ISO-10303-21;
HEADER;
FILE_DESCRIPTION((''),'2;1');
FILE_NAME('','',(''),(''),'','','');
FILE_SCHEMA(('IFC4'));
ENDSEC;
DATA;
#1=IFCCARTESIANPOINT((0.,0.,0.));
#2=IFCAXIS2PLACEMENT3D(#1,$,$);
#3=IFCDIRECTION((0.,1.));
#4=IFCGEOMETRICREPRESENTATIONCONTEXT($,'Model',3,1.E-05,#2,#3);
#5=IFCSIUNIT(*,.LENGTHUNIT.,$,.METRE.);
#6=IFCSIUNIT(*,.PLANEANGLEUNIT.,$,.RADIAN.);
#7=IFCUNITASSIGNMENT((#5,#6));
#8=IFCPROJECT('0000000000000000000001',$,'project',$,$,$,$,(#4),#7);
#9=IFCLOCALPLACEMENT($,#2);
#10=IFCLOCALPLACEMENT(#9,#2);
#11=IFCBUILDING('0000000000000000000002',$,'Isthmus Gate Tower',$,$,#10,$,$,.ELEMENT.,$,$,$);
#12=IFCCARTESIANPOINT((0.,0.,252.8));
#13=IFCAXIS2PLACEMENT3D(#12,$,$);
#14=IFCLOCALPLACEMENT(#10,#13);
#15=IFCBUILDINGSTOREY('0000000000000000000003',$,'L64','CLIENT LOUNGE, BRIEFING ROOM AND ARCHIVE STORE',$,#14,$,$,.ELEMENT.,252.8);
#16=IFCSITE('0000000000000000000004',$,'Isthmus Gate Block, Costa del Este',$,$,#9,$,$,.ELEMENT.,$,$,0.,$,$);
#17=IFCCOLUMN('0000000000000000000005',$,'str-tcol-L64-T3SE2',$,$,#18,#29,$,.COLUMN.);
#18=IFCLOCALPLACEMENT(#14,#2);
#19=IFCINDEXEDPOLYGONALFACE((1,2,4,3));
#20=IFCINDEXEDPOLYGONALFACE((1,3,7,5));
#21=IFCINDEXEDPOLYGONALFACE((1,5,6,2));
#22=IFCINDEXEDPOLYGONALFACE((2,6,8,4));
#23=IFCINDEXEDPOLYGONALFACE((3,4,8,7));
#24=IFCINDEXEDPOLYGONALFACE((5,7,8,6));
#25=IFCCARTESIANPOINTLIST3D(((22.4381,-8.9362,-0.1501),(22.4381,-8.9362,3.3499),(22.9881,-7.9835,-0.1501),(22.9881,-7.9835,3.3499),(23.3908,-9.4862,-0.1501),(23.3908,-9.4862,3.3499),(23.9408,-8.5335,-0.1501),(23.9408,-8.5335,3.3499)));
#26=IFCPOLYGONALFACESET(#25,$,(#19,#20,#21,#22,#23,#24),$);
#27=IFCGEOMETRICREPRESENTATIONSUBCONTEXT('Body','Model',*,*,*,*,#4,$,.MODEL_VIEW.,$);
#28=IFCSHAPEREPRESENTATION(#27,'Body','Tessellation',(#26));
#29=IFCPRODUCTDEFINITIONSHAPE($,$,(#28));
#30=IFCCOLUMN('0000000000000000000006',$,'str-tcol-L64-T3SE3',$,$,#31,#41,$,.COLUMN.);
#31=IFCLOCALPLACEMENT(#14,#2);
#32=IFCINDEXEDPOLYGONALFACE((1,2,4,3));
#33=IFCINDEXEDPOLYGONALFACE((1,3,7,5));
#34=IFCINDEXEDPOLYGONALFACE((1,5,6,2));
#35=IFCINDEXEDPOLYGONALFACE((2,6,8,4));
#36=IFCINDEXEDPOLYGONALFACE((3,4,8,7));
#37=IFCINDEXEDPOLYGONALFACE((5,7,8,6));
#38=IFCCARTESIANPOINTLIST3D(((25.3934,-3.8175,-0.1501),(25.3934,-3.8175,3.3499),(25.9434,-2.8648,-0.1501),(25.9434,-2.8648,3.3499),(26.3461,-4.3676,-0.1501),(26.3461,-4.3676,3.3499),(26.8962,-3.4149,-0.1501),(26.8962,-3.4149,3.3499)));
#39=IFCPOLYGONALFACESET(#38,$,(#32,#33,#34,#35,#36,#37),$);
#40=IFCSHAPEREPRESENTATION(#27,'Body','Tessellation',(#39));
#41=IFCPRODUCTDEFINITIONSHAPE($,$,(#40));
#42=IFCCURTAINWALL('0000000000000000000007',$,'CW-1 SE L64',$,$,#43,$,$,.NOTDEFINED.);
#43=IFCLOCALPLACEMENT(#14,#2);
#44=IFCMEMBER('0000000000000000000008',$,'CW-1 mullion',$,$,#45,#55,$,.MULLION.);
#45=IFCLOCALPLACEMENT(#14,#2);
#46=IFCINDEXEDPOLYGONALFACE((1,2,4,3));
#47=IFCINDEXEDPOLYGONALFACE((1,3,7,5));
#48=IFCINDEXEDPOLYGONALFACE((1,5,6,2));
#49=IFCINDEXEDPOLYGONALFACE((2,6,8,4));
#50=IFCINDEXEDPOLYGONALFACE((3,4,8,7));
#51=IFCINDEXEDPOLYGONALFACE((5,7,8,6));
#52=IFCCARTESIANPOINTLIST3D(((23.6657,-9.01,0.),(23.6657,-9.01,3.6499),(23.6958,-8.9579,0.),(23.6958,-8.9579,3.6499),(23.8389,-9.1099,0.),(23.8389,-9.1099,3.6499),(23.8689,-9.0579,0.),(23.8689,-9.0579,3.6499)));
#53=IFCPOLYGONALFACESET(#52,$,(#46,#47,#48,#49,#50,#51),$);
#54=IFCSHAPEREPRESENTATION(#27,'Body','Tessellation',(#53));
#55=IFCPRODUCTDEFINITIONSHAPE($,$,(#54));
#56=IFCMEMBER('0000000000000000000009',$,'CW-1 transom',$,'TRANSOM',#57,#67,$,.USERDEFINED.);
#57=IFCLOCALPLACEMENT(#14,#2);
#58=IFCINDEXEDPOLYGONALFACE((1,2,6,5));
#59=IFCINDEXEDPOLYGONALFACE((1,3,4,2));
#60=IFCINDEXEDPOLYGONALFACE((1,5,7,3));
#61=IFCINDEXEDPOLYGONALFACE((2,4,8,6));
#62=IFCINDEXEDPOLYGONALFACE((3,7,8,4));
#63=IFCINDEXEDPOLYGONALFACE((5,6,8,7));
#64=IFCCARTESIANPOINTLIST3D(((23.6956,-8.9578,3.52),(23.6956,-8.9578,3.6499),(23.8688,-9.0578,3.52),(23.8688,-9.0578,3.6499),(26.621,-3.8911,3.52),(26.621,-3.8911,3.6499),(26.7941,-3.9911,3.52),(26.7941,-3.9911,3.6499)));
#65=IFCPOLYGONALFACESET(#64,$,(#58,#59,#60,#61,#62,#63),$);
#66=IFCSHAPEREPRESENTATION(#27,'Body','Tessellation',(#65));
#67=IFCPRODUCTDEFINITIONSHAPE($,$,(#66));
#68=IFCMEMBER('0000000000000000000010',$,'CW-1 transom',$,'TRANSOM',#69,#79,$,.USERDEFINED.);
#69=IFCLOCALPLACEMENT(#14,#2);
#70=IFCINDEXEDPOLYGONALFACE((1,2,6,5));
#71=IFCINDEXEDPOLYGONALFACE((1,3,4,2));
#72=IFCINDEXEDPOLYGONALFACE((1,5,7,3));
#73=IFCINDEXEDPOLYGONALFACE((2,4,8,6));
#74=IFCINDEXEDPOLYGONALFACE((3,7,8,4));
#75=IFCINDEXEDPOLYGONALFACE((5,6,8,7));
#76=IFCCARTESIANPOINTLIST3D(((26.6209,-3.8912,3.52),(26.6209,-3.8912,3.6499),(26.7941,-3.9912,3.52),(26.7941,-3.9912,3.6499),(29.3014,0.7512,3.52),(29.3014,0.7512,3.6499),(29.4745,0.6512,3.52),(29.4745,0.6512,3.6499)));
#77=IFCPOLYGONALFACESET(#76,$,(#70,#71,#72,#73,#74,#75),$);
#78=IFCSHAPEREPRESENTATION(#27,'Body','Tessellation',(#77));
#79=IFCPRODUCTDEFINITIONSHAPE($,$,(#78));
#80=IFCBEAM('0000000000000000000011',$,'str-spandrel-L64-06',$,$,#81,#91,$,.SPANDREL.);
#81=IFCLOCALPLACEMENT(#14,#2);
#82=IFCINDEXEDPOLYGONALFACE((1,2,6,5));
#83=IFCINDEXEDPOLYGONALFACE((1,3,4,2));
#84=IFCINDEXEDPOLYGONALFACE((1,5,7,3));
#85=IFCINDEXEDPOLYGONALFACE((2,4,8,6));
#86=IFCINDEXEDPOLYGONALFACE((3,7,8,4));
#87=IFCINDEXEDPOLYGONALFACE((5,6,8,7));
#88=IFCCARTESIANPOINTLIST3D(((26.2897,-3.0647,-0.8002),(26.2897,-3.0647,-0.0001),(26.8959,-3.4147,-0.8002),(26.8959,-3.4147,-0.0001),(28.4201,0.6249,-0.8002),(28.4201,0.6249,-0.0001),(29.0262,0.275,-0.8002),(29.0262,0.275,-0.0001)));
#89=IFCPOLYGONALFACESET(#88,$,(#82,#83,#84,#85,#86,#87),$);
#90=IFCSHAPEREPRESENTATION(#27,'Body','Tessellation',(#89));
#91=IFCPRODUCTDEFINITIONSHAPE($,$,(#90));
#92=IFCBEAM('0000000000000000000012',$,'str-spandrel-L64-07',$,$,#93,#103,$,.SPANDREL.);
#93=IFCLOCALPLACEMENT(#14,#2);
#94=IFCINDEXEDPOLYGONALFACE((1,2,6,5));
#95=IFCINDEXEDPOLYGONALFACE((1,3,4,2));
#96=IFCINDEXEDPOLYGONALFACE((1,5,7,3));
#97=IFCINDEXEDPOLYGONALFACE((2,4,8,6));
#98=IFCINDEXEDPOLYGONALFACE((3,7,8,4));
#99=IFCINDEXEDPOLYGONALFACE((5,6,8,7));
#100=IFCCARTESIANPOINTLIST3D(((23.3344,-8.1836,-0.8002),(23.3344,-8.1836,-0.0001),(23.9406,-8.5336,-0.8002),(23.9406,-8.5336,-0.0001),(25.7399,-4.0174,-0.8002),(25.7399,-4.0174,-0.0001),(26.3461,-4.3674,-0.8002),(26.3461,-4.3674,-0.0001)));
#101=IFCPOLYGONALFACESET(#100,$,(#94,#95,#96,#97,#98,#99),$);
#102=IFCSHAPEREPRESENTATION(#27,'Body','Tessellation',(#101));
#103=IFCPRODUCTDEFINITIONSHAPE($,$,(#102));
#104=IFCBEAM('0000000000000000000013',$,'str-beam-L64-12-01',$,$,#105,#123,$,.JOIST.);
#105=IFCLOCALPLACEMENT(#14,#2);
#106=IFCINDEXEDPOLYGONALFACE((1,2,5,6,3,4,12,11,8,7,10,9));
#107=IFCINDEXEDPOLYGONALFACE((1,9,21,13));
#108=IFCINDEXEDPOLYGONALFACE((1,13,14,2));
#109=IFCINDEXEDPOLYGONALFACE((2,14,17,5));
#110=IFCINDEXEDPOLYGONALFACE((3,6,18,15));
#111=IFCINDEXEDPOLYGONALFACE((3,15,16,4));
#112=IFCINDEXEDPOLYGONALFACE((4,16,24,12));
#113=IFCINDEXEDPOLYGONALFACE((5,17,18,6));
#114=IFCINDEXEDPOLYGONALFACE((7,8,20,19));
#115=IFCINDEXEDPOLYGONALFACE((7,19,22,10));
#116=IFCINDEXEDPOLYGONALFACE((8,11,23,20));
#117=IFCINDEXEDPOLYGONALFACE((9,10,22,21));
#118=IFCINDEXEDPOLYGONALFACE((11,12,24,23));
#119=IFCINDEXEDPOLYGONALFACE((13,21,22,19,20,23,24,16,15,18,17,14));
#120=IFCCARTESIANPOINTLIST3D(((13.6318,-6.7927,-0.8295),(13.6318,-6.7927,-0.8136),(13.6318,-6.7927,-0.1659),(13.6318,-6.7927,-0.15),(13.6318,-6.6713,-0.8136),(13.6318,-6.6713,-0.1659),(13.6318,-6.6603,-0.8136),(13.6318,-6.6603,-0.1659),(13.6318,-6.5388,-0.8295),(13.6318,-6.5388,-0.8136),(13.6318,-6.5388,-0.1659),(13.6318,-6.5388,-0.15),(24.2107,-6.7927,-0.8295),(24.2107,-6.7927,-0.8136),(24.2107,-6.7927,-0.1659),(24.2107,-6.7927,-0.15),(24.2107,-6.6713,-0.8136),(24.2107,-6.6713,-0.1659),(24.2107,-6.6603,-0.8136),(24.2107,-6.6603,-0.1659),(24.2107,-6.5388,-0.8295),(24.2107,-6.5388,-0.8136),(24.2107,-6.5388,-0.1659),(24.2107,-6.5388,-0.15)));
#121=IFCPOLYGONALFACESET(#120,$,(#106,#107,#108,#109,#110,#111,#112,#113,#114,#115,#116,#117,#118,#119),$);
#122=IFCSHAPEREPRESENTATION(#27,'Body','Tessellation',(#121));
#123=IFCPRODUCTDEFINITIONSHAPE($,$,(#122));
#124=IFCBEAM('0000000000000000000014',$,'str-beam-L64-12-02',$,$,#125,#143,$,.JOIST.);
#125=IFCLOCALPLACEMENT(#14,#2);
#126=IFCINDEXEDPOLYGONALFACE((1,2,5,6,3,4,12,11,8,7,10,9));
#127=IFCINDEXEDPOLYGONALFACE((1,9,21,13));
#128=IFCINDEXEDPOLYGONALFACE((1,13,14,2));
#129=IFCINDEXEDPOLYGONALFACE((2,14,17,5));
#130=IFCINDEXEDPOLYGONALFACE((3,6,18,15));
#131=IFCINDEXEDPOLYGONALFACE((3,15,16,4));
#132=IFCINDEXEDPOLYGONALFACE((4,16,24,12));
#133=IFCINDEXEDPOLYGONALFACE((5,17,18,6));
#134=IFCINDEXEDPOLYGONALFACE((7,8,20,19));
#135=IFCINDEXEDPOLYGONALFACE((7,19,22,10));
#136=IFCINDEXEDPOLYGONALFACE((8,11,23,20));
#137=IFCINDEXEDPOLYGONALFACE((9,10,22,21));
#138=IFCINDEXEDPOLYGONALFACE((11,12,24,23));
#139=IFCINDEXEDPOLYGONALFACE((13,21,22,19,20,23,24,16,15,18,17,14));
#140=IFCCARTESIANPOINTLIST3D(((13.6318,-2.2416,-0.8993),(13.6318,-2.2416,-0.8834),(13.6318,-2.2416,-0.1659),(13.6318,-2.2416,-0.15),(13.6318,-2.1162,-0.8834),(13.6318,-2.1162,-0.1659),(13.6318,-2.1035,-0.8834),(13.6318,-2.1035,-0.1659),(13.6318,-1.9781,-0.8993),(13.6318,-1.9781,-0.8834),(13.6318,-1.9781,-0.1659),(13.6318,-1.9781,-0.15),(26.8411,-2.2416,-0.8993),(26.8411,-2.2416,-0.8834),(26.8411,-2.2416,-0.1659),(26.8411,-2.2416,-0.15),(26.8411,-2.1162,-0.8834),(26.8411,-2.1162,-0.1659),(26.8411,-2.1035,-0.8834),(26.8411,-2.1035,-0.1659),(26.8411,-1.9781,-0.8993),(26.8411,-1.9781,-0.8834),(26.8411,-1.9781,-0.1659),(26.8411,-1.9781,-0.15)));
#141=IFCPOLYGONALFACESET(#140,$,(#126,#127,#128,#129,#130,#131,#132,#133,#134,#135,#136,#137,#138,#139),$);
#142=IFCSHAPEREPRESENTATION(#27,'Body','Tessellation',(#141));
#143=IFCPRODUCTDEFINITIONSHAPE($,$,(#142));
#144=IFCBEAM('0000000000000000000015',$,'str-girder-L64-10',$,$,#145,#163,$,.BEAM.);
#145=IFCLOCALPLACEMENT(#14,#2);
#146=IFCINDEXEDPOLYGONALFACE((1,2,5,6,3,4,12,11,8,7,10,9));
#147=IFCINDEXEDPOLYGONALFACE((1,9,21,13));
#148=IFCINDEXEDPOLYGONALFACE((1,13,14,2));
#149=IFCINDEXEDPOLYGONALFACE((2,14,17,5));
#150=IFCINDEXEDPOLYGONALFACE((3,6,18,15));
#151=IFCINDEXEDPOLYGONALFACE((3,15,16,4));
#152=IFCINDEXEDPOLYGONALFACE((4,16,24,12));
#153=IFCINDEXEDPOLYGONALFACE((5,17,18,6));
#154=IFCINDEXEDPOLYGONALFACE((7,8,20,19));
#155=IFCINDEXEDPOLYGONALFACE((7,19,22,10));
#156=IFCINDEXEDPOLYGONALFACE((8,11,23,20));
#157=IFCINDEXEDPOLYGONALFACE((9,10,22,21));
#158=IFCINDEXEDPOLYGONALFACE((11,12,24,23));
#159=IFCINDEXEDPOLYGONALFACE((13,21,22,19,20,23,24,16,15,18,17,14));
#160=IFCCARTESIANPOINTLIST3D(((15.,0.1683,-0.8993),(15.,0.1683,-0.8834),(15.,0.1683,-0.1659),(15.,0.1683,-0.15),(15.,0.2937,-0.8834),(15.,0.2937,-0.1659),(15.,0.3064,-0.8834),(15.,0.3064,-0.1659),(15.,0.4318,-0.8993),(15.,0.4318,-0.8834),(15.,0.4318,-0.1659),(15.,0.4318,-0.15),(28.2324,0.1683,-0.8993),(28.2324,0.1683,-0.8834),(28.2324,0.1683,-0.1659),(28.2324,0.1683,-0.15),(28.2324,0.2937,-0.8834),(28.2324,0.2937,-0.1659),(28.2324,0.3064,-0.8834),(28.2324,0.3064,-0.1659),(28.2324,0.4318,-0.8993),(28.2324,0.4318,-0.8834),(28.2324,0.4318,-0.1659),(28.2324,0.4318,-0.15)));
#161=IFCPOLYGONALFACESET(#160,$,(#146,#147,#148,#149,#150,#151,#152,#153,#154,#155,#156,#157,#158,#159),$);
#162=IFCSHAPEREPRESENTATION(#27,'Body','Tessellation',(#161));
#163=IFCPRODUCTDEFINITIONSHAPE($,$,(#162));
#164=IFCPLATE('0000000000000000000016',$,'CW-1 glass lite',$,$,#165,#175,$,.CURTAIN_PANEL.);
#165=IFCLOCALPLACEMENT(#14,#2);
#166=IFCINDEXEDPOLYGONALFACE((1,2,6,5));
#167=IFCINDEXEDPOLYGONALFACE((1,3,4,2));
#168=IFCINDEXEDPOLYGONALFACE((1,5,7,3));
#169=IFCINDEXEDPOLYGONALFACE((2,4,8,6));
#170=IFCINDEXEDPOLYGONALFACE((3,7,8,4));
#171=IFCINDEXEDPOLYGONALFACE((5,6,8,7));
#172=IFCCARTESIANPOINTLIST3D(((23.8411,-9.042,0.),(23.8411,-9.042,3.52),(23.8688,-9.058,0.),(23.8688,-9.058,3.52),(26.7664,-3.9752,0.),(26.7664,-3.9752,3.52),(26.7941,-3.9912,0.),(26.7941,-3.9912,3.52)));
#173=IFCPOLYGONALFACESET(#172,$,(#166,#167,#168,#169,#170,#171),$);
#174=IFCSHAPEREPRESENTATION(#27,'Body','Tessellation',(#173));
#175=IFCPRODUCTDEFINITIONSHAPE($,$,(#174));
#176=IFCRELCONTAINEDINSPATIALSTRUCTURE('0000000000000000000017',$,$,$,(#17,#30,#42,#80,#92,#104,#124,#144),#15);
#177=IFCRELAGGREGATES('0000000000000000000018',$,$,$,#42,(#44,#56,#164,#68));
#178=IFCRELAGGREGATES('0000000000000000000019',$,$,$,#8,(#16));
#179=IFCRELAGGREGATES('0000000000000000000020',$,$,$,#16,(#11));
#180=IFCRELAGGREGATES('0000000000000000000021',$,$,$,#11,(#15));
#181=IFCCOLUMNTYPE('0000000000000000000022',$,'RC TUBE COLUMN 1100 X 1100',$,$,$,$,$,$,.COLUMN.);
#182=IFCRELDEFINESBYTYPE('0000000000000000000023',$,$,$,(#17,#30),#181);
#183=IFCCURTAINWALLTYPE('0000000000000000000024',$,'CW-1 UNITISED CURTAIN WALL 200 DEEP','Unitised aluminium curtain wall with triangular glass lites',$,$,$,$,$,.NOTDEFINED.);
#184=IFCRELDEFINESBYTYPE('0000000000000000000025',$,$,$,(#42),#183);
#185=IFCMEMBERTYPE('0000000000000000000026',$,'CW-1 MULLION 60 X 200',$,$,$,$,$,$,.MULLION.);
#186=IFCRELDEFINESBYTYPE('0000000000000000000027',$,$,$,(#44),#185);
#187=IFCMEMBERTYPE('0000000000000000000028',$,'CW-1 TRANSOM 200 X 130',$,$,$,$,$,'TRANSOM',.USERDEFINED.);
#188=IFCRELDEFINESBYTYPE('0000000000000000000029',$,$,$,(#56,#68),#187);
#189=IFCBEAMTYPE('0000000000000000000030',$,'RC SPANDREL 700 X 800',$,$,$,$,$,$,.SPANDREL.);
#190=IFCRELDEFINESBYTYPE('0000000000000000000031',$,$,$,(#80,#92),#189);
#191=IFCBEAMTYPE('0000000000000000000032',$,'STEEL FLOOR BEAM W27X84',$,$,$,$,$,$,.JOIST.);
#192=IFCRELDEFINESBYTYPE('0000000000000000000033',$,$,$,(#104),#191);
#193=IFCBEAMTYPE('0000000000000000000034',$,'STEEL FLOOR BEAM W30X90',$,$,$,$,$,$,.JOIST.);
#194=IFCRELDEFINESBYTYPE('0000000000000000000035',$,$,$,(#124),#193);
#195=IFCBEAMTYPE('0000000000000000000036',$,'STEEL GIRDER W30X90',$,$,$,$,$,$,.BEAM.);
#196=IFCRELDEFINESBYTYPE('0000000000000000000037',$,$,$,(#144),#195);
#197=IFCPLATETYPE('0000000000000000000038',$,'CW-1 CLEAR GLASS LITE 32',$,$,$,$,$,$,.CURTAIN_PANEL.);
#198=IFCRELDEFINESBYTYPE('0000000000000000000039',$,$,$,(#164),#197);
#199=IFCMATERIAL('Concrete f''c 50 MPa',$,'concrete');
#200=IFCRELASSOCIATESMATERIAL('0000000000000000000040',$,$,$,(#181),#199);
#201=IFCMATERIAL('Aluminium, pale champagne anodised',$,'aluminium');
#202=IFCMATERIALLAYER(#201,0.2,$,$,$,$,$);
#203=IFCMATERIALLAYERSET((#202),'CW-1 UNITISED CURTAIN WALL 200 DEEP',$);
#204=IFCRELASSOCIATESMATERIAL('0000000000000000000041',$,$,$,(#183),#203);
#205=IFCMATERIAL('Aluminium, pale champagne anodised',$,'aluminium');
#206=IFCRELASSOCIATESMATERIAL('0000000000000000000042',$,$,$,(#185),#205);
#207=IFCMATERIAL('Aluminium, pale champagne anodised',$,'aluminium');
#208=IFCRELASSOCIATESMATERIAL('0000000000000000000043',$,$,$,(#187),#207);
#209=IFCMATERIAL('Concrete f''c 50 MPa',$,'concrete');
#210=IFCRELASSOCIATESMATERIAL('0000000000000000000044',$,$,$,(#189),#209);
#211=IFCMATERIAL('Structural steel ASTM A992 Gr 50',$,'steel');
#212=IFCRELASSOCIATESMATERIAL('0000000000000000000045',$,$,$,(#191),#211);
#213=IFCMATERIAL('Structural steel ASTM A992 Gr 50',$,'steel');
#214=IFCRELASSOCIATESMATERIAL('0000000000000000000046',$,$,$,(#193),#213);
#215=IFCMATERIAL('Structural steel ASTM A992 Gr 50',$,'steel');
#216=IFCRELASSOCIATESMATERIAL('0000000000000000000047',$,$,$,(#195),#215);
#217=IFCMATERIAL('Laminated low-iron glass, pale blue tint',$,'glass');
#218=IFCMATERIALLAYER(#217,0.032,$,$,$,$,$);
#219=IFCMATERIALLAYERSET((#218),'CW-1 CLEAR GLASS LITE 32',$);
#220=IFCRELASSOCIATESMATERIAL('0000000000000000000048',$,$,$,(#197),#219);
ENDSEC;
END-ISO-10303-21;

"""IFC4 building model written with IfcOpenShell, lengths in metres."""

from ifc_helpers import new_model, si_unit, direction, frame, origin, origin_2d, place, context, subcontext, project, spatial, rectangle, i_section, extrude, material, layer, layer_set, material_profile, profile_set, type_object, element, aggregate, save


model = new_model("IFC4")

# Units and contexts
model_context = context("Model", 3, precision=1e-05, world=origin(), true_north=direction((0.0, 1.0)))
body_context = subcontext(model_context, "Body", "Model", "MODEL_VIEW")
ifc_project = project(units=[si_unit("LENGTHUNIT", "METRE"), si_unit("PLANEANGLEUNIT", "RADIAN")], contexts=[model_context])

# Site, building, storey
site_placement = place(None, origin())
site = spatial("IfcSite", under=ifc_project, at=site_placement, Name="Isthmus Gate Block, Costa del Este", CompositionType="ELEMENT", RefElevation=0.0)
building_placement = place(site_placement, origin())
building = spatial("IfcBuilding", under=site, at=building_placement, Name="Isthmus Gate Tower", CompositionType="ELEMENT")
storey_placement = place(building_placement, frame((0.0, 0.0, 252.8)))
storey = spatial("IfcBuildingStorey", under=building, at=storey_placement, Name="L64", Description="CLIENT LOUNGE, BRIEFING ROOM AND ARCHIVE STORE", CompositionType="ELEMENT", Elevation=252.8)

# Columns
ifc_material_1 = material(Name="Concrete f'c 50 MPa", Category="concrete")
ifc_material_profile_1 = material_profile(ifc_material_1, rectangle(XDim=1.1001, YDim=1.1001, at=origin_2d()), Name="RC 1100X1100")
ifc_profile_set_1 = profile_set([ifc_material_profile_1], Name="Concrete f'c 50 MPa")
column_type = type_object("IfcColumnType", Name="RC TUBE COLUMN 1100 X 1100", PredefinedType="COLUMN", material=ifc_profile_set_1)
for number, where, z_axis, x_axis, name in (
    (1, (23.1895, -8.7349, -0.1501), (0.0, 0.0, 1.0), (0.5, 0.866025, 0.0), "str-tcol-L64-T3SE2"),
    (2, (26.1448, -3.6162, -0.1501), (0.0, 0.0, 1.0), (0.5, 0.866025, 0.0), "str-tcol-L64-T3SE3"),
):
    element("IfcColumn", number, at=place(storey_placement, frame(where, z_axis=z_axis, x_axis=x_axis)), inside=storey, type_object=column_type, Name=name, PredefinedType="COLUMN", context=body_context, shape_type="SweptSolid", body=[
        extrude(rectangle(XDim=1.1001, YDim=1.1001, at=origin_2d()), origin(), (0.0, 0.0, 1.0), 3.5),
    ])

# Curtain wall, members
ifc_material_2 = material(Name="Aluminium, pale champagne anodised", Category="aluminium")
ifc_layer_1 = layer(ifc_material_2, 0.2)
ifc_layer_set_1 = layer_set([ifc_layer_1], Name="CW-1 UNITISED CURTAIN WALL 200 DEEP")
curtain_wall_type = type_object("IfcCurtainWallType", Name="CW-1 UNITISED CURTAIN WALL 200 DEEP", Description="Unitised aluminium curtain wall with triangular glass lites", PredefinedType="NOTDEFINED", material=ifc_layer_set_1)
curtain_wall_placement = place(storey_placement, origin())
curtain_wall = element("IfcCurtainWall", 3, at=curtain_wall_placement, inside=storey, type_object=curtain_wall_type, Name="CW-1 SE L64", PredefinedType="NOTDEFINED")
ifc_material_3 = material(Name="Aluminium, pale champagne anodised", Category="aluminium")
ifc_material_profile_2 = material_profile(ifc_material_3, rectangle(XDim=0.0601, YDim=0.2, at=origin_2d()), Name="60x200")
ifc_profile_set_2 = profile_set([ifc_material_profile_2], Name="Aluminium, pale champagne anodised")
member_type_1 = type_object("IfcMemberType", Name="CW-1 MULLION 60 X 200", PredefinedType="MULLION", material=ifc_profile_set_2)
member_1_placement = place(storey_placement, frame((23.7673, -9.0339, 0.0), z_axis=(0.0, 0.0, 1.0), x_axis=(0.5, 0.866025, 0.0)))
member_1 = element("IfcMember", 4, at=member_1_placement, type_object=member_type_1, Name="CW-1 mullion", PredefinedType="MULLION", context=body_context, shape_type="SweptSolid", body=[
    extrude(rectangle(XDim=0.0601, YDim=0.2, at=origin_2d()), origin(), (0.0, 0.0, 1.0), 3.6499),
])
ifc_material_4 = material(Name="Aluminium, pale champagne anodised", Category="aluminium")
ifc_material_profile_3 = material_profile(ifc_material_4, rectangle(XDim=0.2, YDim=0.1299, at=origin_2d()), Name="200x130")
ifc_profile_set_3 = profile_set([ifc_material_profile_3], Name="Aluminium, pale champagne anodised")
member_type_2 = type_object("IfcMemberType", Name="CW-1 TRANSOM 200 X 130", ElementType="TRANSOM", PredefinedType="USERDEFINED", material=ifc_profile_set_3)
member_2_placement = place(storey_placement, frame((23.7822, -9.0078, 3.585), z_axis=(0.500008, 0.866021, 0.0), x_axis=(-0.866021, 0.500008, 0.0)))
member_2 = element("IfcMember", 5, at=member_2_placement, type_object=member_type_2, Name="CW-1 transom", ObjectType="TRANSOM", PredefinedType="USERDEFINED", context=body_context, shape_type="SweptSolid", body=[
    extrude(rectangle(XDim=0.2, YDim=0.1299, at=origin_2d()), origin(), (0.0, 0.0, 1.0), 5.8506),
])
member_3_placement = place(storey_placement, frame((26.7075, -3.9412, 3.585), z_axis=(0.500023, 0.866012, 0.0), x_axis=(-0.866012, 0.500023, 0.0)))
member_3 = element("IfcMember", 6, at=member_3_placement, type_object=member_type_2, Name="CW-1 transom", ObjectType="TRANSOM", PredefinedType="USERDEFINED", context=body_context, shape_type="SweptSolid", body=[
    extrude(rectangle(XDim=0.2, YDim=0.1299, at=origin_2d()), origin(), (0.0, 0.0, 1.0), 5.3606),
])

# Beams
ifc_material_5 = material(Name="Concrete f'c 50 MPa", Category="concrete")
ifc_material_profile_4 = material_profile(ifc_material_5, rectangle(XDim=0.7, YDim=0.8, at=origin_2d()), Name="RC 700X800")
ifc_profile_set_4 = profile_set([ifc_material_profile_4], Name="Concrete f'c 50 MPa")
beam_type_1 = type_object("IfcBeamType", Name="RC SPANDREL 700 X 800", PredefinedType="SPANDREL", material=ifc_profile_set_4)
beam_1_placement = place(storey_placement, frame((28.7231, 0.45, -0.4001), z_axis=(-0.500022, -0.866013, 0.0), x_axis=(0.866013, -0.500022, 0.0)))
element("IfcBeam", 7, at=beam_1_placement, inside=storey, type_object=beam_type_1, Name="str-spandrel-L64-06", PredefinedType="SPANDREL", context=body_context, shape_type="SweptSolid", body=[
    extrude(rectangle(XDim=0.7, YDim=0.8, at=origin_2d()), origin(), (0.0, 0.0, 1.0), 4.2605),
])
beam_2_placement = place(storey_placement, frame((26.043, -4.1924, -0.4001), z_axis=(-0.50002, -0.866014, 0.0), x_axis=(0.866014, -0.50002, 0.0)))
element("IfcBeam", 8, at=beam_2_placement, inside=storey, type_object=beam_type_1, Name="str-spandrel-L64-07", PredefinedType="SPANDREL", context=body_context, shape_type="SweptSolid", body=[
    extrude(rectangle(XDim=0.7, YDim=0.8, at=origin_2d()), origin(), (0.0, 0.0, 1.0), 4.8108),
])
ifc_material_6 = material(Name="Structural steel ASTM A992 Gr 50", Category="steel")
ifc_material_profile_5 = material_profile(ifc_material_6, i_section(OverallWidth=0.2539, OverallDepth=0.6794, WebThickness=0.011, FlangeThickness=0.0159, at=origin_2d()), Name="W27X84")
ifc_profile_set_5 = profile_set([ifc_material_profile_5], Name="Structural steel ASTM A992 Gr 50")
beam_type_2 = type_object("IfcBeamType", Name="STEEL FLOOR BEAM W27X84", PredefinedType="JOIST", material=ifc_profile_set_5)
beam_3_placement = place(storey_placement, frame((13.6318, -6.6658, -0.4897), z_axis=(1.0, 0.0, 0.0), x_axis=(0.0, 1.0, 0.0)))
element("IfcBeam", 9, at=beam_3_placement, inside=storey, type_object=beam_type_2, Name="str-beam-L64-12-01", PredefinedType="JOIST", context=body_context, shape_type="SweptSolid", body=[
    extrude(i_section(OverallWidth=0.2539, OverallDepth=0.6794, WebThickness=0.011, FlangeThickness=0.0159, at=origin_2d()), origin(), (0.0, 0.0, 1.0), 10.5789),
])
ifc_material_7 = material(Name="Structural steel ASTM A992 Gr 50", Category="steel")
ifc_material_profile_6 = material_profile(ifc_material_7, i_section(OverallWidth=0.2634, OverallDepth=0.7493, WebThickness=0.0127, FlangeThickness=0.0159, at=origin_2d()), Name="W30X90")
ifc_profile_set_6 = profile_set([ifc_material_profile_6], Name="Structural steel ASTM A992 Gr 50")
beam_type_3 = type_object("IfcBeamType", Name="STEEL FLOOR BEAM W30X90", PredefinedType="JOIST", material=ifc_profile_set_6)
beam_4_placement = place(storey_placement, frame((13.6318, -2.1099, -0.5247), z_axis=(1.0, 0.0, 0.0), x_axis=(0.0, 1.0, 0.0)))
element("IfcBeam", 10, at=beam_4_placement, inside=storey, type_object=beam_type_3, Name="str-beam-L64-12-02", PredefinedType="JOIST", context=body_context, shape_type="SweptSolid", body=[
    extrude(i_section(OverallWidth=0.2634, OverallDepth=0.7493, WebThickness=0.0127, FlangeThickness=0.0159, at=origin_2d()), origin(), (0.0, 0.0, 1.0), 13.2092),
])
ifc_material_8 = material(Name="Structural steel ASTM A992 Gr 50", Category="steel")
ifc_material_profile_7 = material_profile(ifc_material_8, i_section(OverallWidth=0.2634, OverallDepth=0.7493, WebThickness=0.0127, FlangeThickness=0.0159, at=origin_2d()), Name="W30X90")
ifc_profile_set_7 = profile_set([ifc_material_profile_7], Name="Structural steel ASTM A992 Gr 50")
beam_type_4 = type_object("IfcBeamType", Name="STEEL GIRDER W30X90", PredefinedType="BEAM", material=ifc_profile_set_7)
beam_5_placement = place(storey_placement, frame((15.0, 0.3, -0.5247), z_axis=(1.0, 0.0, 0.0), x_axis=(0.0, 1.0, 0.0)))
element("IfcBeam", 11, at=beam_5_placement, inside=storey, type_object=beam_type_4, Name="str-girder-L64-10", PredefinedType="BEAM", context=body_context, shape_type="SweptSolid", body=[
    extrude(i_section(OverallWidth=0.2634, OverallDepth=0.7493, WebThickness=0.0127, FlangeThickness=0.0159, at=origin_2d()), origin(), (0.0, 0.0, 1.0), 13.2324),
])

# Plate
ifc_material_9 = material(Name="Laminated low-iron glass, pale blue tint", Category="glass")
ifc_layer_2 = layer(ifc_material_9, 0.032)
ifc_layer_set_2 = layer_set([ifc_layer_2], Name="CW-1 CLEAR GLASS LITE 32")
plate_type = type_object("IfcPlateType", Name="CW-1 CLEAR GLASS LITE 32", PredefinedType="CURTAIN_PANEL", material=ifc_layer_set_2)
plate_1_placement = place(storey_placement, frame((25.3176, -6.5166, 0.0), z_axis=(0.0, 0.0, 1.0), x_axis=(0.5, 0.866025, 0.0)))
plate_1 = element("IfcPlate", 12, at=plate_1_placement, type_object=plate_type, Name="CW-1 glass lite", PredefinedType="CURTAIN_PANEL", context=body_context, shape_type="SweptSolid", body=[
    extrude(rectangle(XDim=5.8506, YDim=0.032, at=origin_2d()), origin(), (0.0, 0.0, 1.0), 3.52),
])
aggregate(curtain_wall, [member_1, member_2, plate_1, member_3])

save(model, "model.ifc")
